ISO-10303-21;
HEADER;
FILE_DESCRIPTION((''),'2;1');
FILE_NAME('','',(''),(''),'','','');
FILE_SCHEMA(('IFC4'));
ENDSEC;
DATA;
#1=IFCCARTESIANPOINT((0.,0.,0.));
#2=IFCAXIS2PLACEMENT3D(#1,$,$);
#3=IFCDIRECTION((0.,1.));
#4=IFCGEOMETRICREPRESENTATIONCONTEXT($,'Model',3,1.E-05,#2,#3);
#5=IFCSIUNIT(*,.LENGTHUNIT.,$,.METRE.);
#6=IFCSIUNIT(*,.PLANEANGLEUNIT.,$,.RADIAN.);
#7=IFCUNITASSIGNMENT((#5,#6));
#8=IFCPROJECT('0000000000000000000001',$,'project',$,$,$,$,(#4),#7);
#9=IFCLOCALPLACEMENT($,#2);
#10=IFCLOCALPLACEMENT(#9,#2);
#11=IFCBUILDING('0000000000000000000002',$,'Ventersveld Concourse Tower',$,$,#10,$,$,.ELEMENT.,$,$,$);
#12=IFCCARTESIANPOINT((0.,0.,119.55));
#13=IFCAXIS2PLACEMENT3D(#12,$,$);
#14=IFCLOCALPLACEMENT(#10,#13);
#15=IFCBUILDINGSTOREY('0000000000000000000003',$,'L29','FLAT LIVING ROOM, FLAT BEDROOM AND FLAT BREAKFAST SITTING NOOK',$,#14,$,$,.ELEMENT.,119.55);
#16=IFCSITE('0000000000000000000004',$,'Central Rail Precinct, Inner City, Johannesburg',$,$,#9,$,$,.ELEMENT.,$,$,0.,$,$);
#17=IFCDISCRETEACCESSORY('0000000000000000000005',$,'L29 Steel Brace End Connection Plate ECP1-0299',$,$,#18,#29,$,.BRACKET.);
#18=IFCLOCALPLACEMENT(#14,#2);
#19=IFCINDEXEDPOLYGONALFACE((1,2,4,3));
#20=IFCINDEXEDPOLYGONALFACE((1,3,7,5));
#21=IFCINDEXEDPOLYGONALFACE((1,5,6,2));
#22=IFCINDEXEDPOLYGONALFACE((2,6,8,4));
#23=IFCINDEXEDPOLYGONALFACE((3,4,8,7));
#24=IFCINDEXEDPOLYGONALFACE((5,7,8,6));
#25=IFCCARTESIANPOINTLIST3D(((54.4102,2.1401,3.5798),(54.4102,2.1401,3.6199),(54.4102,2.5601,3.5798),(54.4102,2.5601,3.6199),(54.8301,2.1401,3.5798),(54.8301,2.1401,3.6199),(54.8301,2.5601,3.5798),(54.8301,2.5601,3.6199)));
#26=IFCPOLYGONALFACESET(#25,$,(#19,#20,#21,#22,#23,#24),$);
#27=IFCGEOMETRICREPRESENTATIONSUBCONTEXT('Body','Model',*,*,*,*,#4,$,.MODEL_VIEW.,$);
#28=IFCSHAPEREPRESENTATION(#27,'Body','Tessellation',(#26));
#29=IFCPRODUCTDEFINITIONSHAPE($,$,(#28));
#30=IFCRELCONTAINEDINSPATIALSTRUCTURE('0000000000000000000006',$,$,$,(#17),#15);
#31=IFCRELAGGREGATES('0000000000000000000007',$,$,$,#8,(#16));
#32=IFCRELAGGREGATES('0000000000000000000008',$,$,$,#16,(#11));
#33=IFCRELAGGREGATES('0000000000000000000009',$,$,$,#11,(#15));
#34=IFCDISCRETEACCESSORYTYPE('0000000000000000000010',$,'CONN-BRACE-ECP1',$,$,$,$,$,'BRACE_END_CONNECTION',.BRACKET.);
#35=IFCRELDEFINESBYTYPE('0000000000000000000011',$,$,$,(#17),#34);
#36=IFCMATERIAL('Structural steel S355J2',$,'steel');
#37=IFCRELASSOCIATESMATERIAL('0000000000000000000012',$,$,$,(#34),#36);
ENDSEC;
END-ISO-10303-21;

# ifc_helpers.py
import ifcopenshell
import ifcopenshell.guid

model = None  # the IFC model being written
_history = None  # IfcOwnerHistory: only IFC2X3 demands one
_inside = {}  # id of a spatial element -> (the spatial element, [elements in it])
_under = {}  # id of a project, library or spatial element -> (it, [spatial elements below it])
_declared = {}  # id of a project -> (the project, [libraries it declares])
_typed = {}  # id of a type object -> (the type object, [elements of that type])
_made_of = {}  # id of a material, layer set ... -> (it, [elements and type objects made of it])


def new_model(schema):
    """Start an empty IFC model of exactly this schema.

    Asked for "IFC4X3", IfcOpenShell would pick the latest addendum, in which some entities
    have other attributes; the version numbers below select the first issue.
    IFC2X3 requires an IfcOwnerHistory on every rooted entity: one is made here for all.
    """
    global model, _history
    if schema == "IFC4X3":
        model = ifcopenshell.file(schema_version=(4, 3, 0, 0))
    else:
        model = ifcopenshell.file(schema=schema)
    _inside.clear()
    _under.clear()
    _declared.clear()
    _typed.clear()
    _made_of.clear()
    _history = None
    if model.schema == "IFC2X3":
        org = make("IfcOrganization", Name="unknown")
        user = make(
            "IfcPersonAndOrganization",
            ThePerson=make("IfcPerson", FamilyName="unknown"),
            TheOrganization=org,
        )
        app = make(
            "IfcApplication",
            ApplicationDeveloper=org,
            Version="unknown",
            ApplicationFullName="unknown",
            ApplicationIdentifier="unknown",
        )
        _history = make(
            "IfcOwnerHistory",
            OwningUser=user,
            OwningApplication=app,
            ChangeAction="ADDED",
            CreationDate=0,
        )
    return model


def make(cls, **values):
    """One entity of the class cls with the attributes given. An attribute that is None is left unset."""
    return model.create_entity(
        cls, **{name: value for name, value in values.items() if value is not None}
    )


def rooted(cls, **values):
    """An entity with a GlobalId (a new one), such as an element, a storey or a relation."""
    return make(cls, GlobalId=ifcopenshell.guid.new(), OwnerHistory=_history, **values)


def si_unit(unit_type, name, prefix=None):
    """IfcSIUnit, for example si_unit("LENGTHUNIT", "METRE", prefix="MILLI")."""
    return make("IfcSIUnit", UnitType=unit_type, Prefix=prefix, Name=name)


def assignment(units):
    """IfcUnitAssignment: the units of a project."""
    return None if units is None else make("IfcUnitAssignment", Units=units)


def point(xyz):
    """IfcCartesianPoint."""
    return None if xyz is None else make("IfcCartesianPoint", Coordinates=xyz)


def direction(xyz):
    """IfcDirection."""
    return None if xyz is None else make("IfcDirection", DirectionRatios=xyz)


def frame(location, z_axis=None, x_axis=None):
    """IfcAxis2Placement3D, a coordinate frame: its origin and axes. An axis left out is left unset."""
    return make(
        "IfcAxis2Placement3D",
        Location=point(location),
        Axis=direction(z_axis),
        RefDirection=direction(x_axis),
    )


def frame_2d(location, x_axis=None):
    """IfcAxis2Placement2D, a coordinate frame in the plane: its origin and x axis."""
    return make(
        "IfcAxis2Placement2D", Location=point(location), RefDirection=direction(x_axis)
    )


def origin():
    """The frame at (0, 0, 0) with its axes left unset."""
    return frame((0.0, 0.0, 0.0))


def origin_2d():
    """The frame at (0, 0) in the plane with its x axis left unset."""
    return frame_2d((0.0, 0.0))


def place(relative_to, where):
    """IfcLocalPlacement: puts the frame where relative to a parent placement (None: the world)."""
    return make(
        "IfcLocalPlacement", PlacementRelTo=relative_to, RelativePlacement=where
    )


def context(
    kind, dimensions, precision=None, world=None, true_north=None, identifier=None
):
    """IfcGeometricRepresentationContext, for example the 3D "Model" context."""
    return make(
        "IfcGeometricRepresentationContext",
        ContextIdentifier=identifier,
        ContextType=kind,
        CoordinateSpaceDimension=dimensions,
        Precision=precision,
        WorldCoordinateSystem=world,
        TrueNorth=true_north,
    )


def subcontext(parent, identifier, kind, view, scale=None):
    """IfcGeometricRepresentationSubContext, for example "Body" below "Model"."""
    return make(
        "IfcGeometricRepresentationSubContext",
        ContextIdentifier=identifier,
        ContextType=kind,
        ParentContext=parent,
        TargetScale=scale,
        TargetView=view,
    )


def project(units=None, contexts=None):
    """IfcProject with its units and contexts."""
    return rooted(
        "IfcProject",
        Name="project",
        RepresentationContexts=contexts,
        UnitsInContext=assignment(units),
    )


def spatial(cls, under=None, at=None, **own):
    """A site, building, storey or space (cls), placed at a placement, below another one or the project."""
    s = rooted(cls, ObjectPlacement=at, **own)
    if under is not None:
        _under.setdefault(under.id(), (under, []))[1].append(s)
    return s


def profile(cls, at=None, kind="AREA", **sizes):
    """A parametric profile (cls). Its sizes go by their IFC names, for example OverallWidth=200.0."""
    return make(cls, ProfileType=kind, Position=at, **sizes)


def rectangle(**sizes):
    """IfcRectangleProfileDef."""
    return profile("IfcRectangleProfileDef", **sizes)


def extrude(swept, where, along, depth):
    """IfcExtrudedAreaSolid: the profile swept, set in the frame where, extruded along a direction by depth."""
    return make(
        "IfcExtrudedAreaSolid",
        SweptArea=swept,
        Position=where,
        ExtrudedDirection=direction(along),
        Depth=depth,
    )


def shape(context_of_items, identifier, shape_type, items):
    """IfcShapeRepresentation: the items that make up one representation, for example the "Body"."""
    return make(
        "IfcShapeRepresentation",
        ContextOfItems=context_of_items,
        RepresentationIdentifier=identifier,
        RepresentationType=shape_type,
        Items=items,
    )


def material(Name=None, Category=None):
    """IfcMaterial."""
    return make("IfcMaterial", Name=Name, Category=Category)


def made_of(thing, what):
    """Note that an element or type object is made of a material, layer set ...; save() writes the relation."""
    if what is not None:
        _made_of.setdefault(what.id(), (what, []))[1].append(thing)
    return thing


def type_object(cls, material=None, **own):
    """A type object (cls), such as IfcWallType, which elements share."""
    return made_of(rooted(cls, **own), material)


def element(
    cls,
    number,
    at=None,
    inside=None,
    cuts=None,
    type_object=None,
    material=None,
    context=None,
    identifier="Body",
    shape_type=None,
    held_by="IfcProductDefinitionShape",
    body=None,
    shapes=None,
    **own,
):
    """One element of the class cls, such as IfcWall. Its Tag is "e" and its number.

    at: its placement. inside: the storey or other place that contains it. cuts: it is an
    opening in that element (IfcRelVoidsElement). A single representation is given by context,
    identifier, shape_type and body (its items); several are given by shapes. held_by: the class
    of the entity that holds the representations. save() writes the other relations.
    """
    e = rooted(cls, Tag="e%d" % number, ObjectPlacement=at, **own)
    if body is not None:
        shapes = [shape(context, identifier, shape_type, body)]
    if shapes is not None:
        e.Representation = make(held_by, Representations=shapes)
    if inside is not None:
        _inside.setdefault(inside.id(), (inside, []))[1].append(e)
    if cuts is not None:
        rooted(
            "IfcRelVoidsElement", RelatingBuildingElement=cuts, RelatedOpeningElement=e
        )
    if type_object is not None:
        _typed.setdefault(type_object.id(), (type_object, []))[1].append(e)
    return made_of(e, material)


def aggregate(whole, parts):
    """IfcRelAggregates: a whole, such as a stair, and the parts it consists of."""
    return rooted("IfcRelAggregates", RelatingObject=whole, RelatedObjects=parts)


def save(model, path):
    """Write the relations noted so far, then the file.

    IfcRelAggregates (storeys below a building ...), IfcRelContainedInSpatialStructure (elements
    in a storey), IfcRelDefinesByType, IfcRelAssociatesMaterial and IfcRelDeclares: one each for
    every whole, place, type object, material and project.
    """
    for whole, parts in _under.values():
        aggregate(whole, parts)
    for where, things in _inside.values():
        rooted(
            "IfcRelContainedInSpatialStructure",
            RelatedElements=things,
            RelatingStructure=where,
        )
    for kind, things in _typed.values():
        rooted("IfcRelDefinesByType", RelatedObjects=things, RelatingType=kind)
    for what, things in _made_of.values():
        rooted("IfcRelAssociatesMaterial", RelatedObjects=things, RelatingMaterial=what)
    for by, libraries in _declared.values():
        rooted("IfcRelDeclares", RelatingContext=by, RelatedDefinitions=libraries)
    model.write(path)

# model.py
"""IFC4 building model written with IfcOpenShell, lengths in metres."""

from ifc_helpers import new_model, si_unit, direction, frame, origin, origin_2d, place, context, subcontext, project, spatial, rectangle, extrude, material, type_object, element, save


model = new_model("IFC4")

# Units and contexts
model_context = context("Model", 3, precision=1e-05, world=origin(), true_north=direction((0.0, 1.0)))
body_context = subcontext(model_context, "Body", "Model", "MODEL_VIEW")
ifc_project = project(units=[si_unit("LENGTHUNIT", "METRE"), si_unit("PLANEANGLEUNIT", "RADIAN")], contexts=[model_context])

# Site, building, storey
site_placement = place(None, origin())
site = spatial("IfcSite", under=ifc_project, at=site_placement, Name="Central Rail Precinct, Inner City, Johannesburg", CompositionType="ELEMENT", RefElevation=0.0)
building_placement = place(site_placement, origin())
building = spatial("IfcBuilding", under=site, at=building_placement, Name="Ventersveld Concourse Tower", CompositionType="ELEMENT")
storey_placement = place(building_placement, frame((0.0, 0.0, 119.55)))
storey = spatial("IfcBuildingStorey", under=building, at=storey_placement, Name="L29", Description="FLAT LIVING ROOM, FLAT BEDROOM AND FLAT BREAKFAST SITTING NOOK", CompositionType="ELEMENT", Elevation=119.55)

# Shared definitions
ifc_material_1 = material(Name="Structural steel S355J2", Category="steel")

# Discrete accessory
discrete_accessory_type = type_object("IfcDiscreteAccessoryType", Name="CONN-BRACE-ECP1", ElementType="BRACE_END_CONNECTION", PredefinedType="BRACKET", material=ifc_material_1)
discrete_accessory_placement = place(storey_placement, frame((54.6201, 2.3501, 3.5798), z_axis=(0.0, 0.0, 1.0), x_axis=(1.0, 0.0, 0.0)))
element("IfcDiscreteAccessory", 1, at=discrete_accessory_placement, inside=storey, type_object=discrete_accessory_type, Name="L29 Steel Brace End Connection Plate ECP1-0299", PredefinedType="BRACKET", context=body_context, shape_type="SweptSolid", body=[
    extrude(rectangle(XDim=0.4199, YDim=0.4199, at=origin_2d()), origin(), (0.0, 0.0, 1.0), 0.04),
])

save(model, "model.ifc")
